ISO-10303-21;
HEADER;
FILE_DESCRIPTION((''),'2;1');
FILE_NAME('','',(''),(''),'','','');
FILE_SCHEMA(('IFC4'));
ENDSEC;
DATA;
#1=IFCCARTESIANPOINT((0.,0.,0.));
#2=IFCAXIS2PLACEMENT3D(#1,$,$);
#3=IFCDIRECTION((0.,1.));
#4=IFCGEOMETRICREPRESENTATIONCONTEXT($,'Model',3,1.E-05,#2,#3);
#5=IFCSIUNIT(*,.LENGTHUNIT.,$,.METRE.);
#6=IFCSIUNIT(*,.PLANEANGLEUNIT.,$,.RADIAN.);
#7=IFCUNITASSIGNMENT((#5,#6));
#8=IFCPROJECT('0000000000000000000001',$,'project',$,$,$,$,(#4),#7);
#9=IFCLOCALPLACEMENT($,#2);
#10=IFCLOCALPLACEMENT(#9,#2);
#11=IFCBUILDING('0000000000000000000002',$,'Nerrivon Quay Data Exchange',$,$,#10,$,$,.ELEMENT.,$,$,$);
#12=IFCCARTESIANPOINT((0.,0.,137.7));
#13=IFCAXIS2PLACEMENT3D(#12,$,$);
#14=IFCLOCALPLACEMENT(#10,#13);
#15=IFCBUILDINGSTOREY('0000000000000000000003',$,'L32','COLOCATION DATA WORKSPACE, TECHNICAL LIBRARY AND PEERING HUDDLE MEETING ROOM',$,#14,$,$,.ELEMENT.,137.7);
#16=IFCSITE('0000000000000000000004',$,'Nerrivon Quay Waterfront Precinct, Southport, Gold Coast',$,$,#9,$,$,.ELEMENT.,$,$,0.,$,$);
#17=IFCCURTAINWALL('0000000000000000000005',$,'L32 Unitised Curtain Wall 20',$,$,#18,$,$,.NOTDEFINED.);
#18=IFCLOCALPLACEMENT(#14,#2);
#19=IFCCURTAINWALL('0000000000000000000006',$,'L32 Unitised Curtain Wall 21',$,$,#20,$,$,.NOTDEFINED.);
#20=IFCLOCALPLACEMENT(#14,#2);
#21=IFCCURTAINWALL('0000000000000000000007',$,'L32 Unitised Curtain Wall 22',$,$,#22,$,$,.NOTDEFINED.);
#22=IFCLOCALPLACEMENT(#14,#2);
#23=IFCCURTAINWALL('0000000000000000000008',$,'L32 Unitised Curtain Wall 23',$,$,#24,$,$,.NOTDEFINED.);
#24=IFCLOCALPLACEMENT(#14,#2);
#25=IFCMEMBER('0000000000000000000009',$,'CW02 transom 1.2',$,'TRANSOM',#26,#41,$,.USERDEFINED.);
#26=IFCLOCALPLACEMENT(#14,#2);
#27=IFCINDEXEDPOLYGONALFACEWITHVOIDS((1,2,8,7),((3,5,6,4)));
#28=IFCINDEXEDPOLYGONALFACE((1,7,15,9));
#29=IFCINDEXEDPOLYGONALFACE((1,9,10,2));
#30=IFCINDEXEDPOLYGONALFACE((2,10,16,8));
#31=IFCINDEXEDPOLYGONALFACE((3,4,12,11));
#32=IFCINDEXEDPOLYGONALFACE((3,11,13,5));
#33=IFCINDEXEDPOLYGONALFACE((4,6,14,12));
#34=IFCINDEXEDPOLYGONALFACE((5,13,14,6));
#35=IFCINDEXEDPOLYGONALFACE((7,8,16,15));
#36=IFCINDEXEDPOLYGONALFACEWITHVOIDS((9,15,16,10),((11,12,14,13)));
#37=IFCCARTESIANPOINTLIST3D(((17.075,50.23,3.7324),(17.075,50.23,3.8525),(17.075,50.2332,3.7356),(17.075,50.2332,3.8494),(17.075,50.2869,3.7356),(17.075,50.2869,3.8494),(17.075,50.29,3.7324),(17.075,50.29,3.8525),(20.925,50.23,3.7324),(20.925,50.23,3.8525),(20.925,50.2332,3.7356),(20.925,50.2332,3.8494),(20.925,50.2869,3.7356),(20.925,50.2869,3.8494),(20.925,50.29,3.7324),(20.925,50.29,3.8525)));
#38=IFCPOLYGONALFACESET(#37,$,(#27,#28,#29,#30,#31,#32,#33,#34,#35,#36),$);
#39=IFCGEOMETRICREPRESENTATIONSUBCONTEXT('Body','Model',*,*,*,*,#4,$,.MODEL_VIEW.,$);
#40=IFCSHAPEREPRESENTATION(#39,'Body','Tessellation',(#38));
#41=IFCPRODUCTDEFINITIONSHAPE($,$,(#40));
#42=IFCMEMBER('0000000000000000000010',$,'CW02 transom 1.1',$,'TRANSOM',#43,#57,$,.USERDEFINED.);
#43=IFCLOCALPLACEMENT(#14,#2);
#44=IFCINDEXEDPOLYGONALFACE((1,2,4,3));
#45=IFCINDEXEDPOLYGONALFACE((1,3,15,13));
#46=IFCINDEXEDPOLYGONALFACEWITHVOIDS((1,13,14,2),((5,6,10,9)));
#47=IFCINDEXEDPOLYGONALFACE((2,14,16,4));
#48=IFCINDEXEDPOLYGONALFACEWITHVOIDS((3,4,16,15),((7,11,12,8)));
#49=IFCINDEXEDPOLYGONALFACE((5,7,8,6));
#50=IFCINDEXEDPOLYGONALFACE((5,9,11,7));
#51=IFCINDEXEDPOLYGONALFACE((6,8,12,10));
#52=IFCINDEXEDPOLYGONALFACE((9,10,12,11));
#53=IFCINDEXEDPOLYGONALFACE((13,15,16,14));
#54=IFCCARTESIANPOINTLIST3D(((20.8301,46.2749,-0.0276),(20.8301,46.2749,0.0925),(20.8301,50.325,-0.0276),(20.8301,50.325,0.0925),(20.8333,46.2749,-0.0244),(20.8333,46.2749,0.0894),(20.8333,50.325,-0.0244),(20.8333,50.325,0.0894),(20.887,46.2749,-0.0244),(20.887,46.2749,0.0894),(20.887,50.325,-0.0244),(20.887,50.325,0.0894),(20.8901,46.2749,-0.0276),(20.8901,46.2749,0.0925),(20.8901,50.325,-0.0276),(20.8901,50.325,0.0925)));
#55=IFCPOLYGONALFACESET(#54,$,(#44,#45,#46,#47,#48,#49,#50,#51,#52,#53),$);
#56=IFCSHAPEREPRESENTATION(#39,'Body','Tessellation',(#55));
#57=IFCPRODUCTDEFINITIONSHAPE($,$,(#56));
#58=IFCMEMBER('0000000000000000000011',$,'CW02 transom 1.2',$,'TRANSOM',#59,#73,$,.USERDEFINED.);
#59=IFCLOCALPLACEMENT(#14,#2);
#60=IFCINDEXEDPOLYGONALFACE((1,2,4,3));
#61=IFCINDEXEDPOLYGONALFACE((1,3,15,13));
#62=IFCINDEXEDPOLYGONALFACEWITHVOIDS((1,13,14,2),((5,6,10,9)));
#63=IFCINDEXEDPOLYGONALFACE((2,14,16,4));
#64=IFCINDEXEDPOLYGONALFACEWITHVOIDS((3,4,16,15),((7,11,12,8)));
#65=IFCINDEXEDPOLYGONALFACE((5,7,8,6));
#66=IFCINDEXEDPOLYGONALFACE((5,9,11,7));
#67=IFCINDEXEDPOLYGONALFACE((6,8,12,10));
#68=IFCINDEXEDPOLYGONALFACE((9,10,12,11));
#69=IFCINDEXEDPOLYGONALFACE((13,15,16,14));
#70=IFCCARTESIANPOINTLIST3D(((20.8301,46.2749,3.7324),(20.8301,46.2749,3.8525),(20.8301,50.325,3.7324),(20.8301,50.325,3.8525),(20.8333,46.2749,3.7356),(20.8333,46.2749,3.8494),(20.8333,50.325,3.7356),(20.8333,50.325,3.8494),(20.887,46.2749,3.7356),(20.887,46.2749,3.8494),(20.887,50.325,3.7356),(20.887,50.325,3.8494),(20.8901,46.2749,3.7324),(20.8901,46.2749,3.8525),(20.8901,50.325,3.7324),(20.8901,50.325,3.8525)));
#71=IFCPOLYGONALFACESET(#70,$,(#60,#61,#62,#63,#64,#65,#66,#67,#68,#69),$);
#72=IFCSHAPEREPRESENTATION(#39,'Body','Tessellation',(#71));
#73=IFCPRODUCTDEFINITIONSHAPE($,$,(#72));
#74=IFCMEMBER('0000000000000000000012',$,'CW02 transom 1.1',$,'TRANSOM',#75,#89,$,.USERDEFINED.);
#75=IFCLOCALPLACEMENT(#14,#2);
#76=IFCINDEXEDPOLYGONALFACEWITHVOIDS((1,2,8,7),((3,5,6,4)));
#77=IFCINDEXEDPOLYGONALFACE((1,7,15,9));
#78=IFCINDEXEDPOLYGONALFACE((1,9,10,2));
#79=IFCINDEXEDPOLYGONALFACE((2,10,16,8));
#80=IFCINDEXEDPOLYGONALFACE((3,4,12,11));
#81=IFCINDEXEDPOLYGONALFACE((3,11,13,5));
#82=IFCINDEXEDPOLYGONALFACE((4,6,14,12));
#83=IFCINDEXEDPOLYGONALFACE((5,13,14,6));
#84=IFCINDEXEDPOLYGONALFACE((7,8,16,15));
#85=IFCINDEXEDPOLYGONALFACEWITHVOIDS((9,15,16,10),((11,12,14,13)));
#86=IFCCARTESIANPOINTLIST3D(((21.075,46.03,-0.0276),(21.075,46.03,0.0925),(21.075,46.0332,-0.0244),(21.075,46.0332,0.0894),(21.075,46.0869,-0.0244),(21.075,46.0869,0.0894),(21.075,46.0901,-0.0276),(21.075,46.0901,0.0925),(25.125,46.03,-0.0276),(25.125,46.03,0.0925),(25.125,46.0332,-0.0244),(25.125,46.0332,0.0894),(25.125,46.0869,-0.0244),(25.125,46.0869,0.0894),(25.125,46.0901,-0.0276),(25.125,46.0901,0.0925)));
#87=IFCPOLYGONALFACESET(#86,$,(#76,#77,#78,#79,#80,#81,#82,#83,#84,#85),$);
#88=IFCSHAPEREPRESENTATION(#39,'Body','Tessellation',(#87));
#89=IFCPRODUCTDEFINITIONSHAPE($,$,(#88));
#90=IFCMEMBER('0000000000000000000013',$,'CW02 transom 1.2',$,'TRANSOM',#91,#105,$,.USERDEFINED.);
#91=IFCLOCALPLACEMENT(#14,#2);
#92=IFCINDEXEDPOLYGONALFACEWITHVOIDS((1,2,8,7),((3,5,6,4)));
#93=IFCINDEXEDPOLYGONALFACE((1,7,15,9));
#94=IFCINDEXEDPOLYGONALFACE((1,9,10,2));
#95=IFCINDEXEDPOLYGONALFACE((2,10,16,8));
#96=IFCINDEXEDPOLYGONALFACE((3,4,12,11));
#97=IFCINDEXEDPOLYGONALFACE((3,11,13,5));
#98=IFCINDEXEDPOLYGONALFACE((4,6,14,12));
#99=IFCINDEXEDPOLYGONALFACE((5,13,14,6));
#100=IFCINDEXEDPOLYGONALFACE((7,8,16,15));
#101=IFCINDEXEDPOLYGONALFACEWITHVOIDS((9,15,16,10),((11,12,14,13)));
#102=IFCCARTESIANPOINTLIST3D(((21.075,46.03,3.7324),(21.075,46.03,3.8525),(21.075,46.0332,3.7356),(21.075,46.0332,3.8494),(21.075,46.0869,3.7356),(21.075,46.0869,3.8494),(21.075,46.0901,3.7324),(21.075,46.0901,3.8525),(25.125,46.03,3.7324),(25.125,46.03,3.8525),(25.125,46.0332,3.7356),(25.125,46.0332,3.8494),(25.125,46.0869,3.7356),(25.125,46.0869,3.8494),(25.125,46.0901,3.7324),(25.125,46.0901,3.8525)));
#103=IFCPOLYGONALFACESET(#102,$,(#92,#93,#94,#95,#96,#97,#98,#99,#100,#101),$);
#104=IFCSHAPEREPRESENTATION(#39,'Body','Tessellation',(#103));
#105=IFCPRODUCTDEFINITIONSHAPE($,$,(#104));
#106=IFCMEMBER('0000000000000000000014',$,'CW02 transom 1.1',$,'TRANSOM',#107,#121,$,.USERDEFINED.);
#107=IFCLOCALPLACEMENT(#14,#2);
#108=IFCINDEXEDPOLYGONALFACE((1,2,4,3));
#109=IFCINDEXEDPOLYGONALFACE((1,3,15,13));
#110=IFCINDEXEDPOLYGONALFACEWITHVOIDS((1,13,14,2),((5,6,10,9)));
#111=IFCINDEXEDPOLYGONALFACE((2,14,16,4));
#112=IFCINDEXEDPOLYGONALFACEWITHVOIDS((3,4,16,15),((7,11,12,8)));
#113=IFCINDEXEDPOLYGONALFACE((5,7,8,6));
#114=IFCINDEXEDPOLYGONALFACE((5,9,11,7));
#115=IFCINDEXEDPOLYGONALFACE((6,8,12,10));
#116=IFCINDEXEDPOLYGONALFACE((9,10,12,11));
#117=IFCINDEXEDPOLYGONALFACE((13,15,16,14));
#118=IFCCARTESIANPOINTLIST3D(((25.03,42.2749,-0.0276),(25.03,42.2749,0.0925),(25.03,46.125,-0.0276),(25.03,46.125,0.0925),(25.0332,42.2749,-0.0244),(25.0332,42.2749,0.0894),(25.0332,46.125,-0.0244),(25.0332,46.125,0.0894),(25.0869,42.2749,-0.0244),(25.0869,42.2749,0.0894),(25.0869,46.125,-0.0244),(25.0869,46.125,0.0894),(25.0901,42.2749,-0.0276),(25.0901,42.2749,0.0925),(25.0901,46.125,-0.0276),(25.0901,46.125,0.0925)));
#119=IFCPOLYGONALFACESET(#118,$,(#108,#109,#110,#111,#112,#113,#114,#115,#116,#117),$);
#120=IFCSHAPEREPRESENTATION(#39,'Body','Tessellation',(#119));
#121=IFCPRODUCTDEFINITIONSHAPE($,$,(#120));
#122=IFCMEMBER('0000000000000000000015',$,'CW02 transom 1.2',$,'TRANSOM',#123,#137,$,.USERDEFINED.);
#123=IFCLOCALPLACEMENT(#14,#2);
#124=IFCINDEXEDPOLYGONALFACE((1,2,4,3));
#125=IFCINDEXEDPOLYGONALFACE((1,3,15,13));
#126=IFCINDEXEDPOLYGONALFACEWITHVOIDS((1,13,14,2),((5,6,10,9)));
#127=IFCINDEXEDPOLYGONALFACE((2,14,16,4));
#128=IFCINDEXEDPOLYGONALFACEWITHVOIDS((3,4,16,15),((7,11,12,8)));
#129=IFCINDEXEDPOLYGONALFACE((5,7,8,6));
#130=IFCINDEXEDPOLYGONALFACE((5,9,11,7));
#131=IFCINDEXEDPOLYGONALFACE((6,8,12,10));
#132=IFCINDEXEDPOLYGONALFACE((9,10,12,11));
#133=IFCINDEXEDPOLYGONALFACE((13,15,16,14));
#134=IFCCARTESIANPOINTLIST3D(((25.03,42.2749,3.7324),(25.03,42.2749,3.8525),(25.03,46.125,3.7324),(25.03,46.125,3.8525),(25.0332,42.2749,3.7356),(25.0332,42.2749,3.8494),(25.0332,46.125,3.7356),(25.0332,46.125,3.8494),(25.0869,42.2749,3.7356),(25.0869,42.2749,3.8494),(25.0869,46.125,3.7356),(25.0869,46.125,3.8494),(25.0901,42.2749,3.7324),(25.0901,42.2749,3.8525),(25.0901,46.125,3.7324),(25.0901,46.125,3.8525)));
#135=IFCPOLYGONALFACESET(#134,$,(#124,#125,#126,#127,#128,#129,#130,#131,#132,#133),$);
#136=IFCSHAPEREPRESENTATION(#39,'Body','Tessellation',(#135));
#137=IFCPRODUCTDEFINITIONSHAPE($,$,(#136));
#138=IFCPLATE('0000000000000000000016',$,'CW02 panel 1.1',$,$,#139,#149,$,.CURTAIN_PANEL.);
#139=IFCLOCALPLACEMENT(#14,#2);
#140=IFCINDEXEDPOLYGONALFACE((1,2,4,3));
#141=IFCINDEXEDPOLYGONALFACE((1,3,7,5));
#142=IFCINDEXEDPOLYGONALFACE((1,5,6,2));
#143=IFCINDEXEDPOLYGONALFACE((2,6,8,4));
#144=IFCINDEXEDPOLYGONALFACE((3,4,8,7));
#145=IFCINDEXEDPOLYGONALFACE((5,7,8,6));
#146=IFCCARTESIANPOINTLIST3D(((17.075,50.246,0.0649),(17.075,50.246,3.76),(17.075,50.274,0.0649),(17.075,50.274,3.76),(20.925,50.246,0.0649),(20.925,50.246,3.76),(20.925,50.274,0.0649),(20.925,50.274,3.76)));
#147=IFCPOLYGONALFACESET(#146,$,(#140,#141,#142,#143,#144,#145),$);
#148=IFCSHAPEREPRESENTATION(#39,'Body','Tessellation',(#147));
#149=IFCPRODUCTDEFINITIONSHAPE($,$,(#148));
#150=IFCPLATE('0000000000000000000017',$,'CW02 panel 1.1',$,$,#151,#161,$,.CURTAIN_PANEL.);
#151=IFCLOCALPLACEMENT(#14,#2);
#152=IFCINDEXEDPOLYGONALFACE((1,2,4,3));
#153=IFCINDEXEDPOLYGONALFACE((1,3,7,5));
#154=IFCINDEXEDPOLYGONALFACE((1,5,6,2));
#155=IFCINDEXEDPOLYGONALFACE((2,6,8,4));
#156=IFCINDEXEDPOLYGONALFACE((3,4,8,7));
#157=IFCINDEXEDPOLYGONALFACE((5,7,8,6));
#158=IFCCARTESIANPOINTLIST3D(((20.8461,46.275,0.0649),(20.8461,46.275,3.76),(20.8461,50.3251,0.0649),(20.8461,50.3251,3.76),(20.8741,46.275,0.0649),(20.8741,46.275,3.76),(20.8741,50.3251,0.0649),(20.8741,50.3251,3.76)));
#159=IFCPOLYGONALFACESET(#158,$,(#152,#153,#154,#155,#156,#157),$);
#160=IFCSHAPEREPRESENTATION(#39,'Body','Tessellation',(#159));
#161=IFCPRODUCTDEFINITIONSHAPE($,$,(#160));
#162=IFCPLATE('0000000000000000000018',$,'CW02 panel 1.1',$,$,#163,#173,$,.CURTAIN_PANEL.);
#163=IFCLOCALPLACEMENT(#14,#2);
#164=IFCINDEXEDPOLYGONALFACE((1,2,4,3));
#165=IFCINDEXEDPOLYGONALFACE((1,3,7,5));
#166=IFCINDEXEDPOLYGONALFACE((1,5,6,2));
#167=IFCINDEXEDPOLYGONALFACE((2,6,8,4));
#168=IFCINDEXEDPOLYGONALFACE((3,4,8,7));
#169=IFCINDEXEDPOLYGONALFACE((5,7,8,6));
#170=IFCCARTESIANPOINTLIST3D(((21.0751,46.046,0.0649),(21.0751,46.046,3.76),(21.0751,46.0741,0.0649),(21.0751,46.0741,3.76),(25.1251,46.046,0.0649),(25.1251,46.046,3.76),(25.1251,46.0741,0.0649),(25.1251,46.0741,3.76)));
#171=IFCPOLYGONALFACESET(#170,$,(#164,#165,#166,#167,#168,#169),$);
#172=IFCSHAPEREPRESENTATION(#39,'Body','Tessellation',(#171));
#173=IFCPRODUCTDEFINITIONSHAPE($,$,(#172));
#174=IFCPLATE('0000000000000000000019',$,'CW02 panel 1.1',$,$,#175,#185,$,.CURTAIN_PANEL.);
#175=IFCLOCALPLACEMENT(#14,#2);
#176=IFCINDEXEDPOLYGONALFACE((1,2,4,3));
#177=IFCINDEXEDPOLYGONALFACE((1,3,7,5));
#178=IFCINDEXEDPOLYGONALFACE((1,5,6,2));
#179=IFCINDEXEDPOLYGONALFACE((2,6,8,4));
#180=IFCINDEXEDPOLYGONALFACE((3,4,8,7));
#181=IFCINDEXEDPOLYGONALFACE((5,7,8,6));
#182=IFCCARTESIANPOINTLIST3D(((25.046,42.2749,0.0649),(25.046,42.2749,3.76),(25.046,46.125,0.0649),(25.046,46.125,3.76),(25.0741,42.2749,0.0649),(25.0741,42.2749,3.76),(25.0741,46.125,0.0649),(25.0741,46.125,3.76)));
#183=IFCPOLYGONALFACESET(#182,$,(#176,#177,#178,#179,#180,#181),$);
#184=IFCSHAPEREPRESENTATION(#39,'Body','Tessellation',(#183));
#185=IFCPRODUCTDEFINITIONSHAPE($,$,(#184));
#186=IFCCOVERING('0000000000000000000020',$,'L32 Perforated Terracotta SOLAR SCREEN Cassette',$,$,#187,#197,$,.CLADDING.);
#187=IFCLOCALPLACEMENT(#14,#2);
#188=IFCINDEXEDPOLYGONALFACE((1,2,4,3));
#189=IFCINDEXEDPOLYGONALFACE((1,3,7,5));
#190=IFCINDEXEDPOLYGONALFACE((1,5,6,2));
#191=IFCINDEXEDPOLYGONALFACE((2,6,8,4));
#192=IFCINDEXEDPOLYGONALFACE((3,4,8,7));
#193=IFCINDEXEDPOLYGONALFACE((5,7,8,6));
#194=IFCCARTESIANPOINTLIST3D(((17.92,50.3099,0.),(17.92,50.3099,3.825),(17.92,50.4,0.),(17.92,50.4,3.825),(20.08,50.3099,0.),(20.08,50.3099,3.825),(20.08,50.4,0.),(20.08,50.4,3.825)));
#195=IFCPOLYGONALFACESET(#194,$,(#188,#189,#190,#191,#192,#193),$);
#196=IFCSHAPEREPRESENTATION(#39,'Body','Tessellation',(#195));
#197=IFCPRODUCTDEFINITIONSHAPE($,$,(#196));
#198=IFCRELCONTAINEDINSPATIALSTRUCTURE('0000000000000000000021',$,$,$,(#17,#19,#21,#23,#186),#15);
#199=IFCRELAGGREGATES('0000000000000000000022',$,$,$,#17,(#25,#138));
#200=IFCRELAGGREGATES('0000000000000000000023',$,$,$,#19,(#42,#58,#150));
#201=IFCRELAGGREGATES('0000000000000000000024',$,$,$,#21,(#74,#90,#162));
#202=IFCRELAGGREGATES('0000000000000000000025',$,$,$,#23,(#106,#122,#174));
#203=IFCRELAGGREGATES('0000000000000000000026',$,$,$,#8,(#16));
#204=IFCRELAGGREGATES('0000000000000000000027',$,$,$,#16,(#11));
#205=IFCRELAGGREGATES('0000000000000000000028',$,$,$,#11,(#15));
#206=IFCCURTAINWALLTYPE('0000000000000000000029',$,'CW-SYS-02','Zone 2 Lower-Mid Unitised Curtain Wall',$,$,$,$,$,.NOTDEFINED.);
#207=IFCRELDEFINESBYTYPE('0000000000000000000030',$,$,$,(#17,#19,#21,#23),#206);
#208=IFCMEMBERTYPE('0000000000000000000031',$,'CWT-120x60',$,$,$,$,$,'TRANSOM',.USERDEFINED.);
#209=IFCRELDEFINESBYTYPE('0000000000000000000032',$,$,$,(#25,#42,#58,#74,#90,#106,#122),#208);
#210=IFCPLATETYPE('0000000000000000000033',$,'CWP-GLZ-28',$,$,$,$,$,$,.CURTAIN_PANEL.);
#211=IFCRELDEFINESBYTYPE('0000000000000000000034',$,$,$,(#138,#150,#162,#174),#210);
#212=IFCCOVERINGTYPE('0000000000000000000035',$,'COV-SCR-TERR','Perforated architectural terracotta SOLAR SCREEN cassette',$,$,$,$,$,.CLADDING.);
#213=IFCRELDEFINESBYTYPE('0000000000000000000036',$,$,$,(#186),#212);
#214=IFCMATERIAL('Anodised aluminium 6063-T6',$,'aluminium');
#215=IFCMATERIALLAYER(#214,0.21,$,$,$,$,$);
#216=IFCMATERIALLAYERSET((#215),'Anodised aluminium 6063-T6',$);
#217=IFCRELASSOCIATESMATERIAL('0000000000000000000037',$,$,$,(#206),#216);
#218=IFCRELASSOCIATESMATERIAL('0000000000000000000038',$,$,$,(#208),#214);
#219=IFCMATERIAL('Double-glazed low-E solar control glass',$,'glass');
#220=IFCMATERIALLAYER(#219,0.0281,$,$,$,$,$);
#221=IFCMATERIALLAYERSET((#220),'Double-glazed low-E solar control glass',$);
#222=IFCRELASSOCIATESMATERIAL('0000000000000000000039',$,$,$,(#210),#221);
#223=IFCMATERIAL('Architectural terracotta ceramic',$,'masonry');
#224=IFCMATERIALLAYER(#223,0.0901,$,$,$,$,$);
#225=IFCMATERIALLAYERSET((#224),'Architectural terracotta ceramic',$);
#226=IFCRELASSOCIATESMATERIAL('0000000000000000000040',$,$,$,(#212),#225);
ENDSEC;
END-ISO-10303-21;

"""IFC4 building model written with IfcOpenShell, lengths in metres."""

from ifc_helpers import new_model, si_unit, direction, frame, origin, origin_2d, place, context, subcontext, project, spatial, rectangle, hollow_rectangle, extrude, material, layer, layer_set, material_profile, profile_set, type_object, element, aggregate, save


model = new_model("IFC4")

# Units and contexts
model_context = context("Model", 3, precision=1e-05, world=origin(), true_north=direction((0.0, 1.0)))
body_context = subcontext(model_context, "Body", "Model", "MODEL_VIEW")
ifc_project = project(units=[si_unit("LENGTHUNIT", "METRE"), si_unit("PLANEANGLEUNIT", "RADIAN")], contexts=[model_context])

# Site, building, storey
site_placement = place(None, origin())
site = spatial("IfcSite", under=ifc_project, at=site_placement, Name="Nerrivon Quay Waterfront Precinct, Southport, Gold Coast", CompositionType="ELEMENT", RefElevation=0.0)
building_placement = place(site_placement, origin())
building = spatial("IfcBuilding", under=site, at=building_placement, Name="Nerrivon Quay Data Exchange", CompositionType="ELEMENT")
storey_placement = place(building_placement, frame((0.0, 0.0, 137.7)))
storey = spatial("IfcBuildingStorey", under=building, at=storey_placement, Name="L32", Description="COLOCATION DATA WORKSPACE, TECHNICAL LIBRARY AND PEERING HUDDLE MEETING ROOM", CompositionType="ELEMENT", Elevation=137.7)

# Shared definitions
ifc_material_1 = material(Name="Anodised aluminium 6063-T6", Category="aluminium")
ifc_layer_1 = layer(ifc_material_1, 0.21)
ifc_layer_set_1 = layer_set([ifc_layer_1], Name="Anodised aluminium 6063-T6")
curtain_wall_type = type_object("IfcCurtainWallType", Name="CW-SYS-02", Description="Zone 2 Lower-Mid Unitised Curtain Wall", PredefinedType="NOTDEFINED", material=ifc_layer_set_1)

# Curtain walls
curtain_wall_1_placement = place(storey_placement, origin())
curtain_wall_1 = element("IfcCurtainWall", 1, at=curtain_wall_1_placement, inside=storey, type_object=curtain_wall_type, Name="L32 Unitised Curtain Wall 20", PredefinedType="NOTDEFINED")
curtain_wall_2_placement = place(storey_placement, origin())
curtain_wall_2 = element("IfcCurtainWall", 2, at=curtain_wall_2_placement, inside=storey, type_object=curtain_wall_type, Name="L32 Unitised Curtain Wall 21", PredefinedType="NOTDEFINED")
curtain_wall_3_placement = place(storey_placement, origin())
curtain_wall_3 = element("IfcCurtainWall", 3, at=curtain_wall_3_placement, inside=storey, type_object=curtain_wall_type, Name="L32 Unitised Curtain Wall 22", PredefinedType="NOTDEFINED")

# Curtain wall
curtain_wall_4_placement = place(storey_placement, origin())
curtain_wall_4 = element("IfcCurtainWall", 4, at=curtain_wall_4_placement, inside=storey, type_object=curtain_wall_type, Name="L32 Unitised Curtain Wall 23", PredefinedType="NOTDEFINED")

# Members
ifc_material_profile_1 = material_profile(ifc_material_1, hollow_rectangle(XDim=0.0601, YDim=0.1201, WallThickness=0.0032, at=origin_2d()), Name="ALU-TRAN-120x60")
ifc_profile_set_1 = profile_set([ifc_material_profile_1], Name="Anodised aluminium 6063-T6")
member_type_1 = type_object("IfcMemberType", Name="CWT-120x60", ElementType="TRANSOM", PredefinedType="USERDEFINED", material=ifc_profile_set_1)
member_1_placement = place(storey_placement, frame((17.075, 50.26, 3.7925), z_axis=(1.0, 0.0, 0.0), x_axis=(0.0, 1.0, 0.0)))
member_1 = element("IfcMember", 5, at=member_1_placement, type_object=member_type_1, Name="CW02 transom 1.2", ObjectType="TRANSOM", PredefinedType="USERDEFINED", context=body_context, shape_type="SweptSolid", body=[
    extrude(hollow_rectangle(XDim=0.0601, YDim=0.1201, WallThickness=0.0032, at=origin_2d()), origin(), (0.0, 0.0, 1.0), 3.8501),
])
member_2_placement = place(storey_placement, frame((20.8601, 50.325, 0.0325), z_axis=(0.0, -1.0, 0.0), x_axis=(1.0, 0.0, 0.0)))
member_2 = element("IfcMember", 6, at=member_2_placement, type_object=member_type_1, Name="CW02 transom 1.1", ObjectType="TRANSOM", PredefinedType="USERDEFINED", context=body_context, shape_type="SweptSolid", body=[
    extrude(hollow_rectangle(XDim=0.0601, YDim=0.1201, WallThickness=0.0032, at=origin_2d()), origin(), (0.0, 0.0, 1.0), 4.05),
])
member_3_placement = place(storey_placement, frame((20.8601, 50.325, 3.7925), z_axis=(0.0, -1.0, 0.0), x_axis=(1.0, 0.0, 0.0)))
member_3 = element("IfcMember", 7, at=member_3_placement, type_object=member_type_1, Name="CW02 transom 1.2", ObjectType="TRANSOM", PredefinedType="USERDEFINED", context=body_context, shape_type="SweptSolid", body=[
    extrude(hollow_rectangle(XDim=0.0601, YDim=0.1201, WallThickness=0.0032, at=origin_2d()), origin(), (0.0, 0.0, 1.0), 4.05),
])
member_4_placement = place(storey_placement, frame((21.075, 46.0601, 0.0325), z_axis=(1.0, 0.0, 0.0), x_axis=(0.0, 1.0, 0.0)))
member_4 = element("IfcMember", 8, at=member_4_placement, type_object=member_type_1, Name="CW02 transom 1.1", ObjectType="TRANSOM", PredefinedType="USERDEFINED", context=body_context, shape_type="SweptSolid", body=[
    extrude(hollow_rectangle(XDim=0.0601, YDim=0.1201, WallThickness=0.0032, at=origin_2d()), origin(), (0.0, 0.0, 1.0), 4.05),
])
member_5_placement = place(storey_placement, frame((21.075, 46.0601, 3.7925), z_axis=(1.0, 0.0, 0.0), x_axis=(0.0, 1.0, 0.0)))
member_5 = element("IfcMember", 9, at=member_5_placement, type_object=member_type_1, Name="CW02 transom 1.2", ObjectType="TRANSOM", PredefinedType="USERDEFINED", context=body_context, shape_type="SweptSolid", body=[
    extrude(hollow_rectangle(XDim=0.0601, YDim=0.1201, WallThickness=0.0032, at=origin_2d()), origin(), (0.0, 0.0, 1.0), 4.05),
])
member_6_placement = place(storey_placement, frame((25.0601, 46.125, 0.0325), z_axis=(0.0, -1.0, 0.0), x_axis=(1.0, 0.0, 0.0)))
member_6 = element("IfcMember", 10, at=member_6_placement, type_object=member_type_1, Name="CW02 transom 1.1", ObjectType="TRANSOM", PredefinedType="USERDEFINED", context=body_context, shape_type="SweptSolid", body=[
    extrude(hollow_rectangle(XDim=0.0601, YDim=0.1201, WallThickness=0.0032, at=origin_2d()), origin(), (0.0, 0.0, 1.0), 3.8501),
])
member_7_placement = place(storey_placement, frame((25.0601, 46.125, 3.7925), z_axis=(0.0, -1.0, 0.0), x_axis=(1.0, 0.0, 0.0)))
member_7 = element("IfcMember", 11, at=member_7_placement, type_object=member_type_1, Name="CW02 transom 1.2", ObjectType="TRANSOM", PredefinedType="USERDEFINED", context=body_context, shape_type="SweptSolid", body=[
    extrude(hollow_rectangle(XDim=0.0601, YDim=0.1201, WallThickness=0.0032, at=origin_2d()), origin(), (0.0, 0.0, 1.0), 3.8501),
])

# Plates
ifc_material_2 = material(Name="Double-glazed low-E solar control glass", Category="glass")
ifc_layer_2 = layer(ifc_material_2, 0.0281)
ifc_layer_set_2 = layer_set([ifc_layer_2], Name="Double-glazed low-E solar control glass")
plate_type = type_object("IfcPlateType", Name="CWP-GLZ-28", PredefinedType="CURTAIN_PANEL", material=ifc_layer_set_2)
plate_1_placement = place(storey_placement, frame((19.0, 50.26, 0.0649), z_axis=(0.0, 0.0, 1.0), x_axis=(1.0, 0.0, 0.0)))
plate_1 = element("IfcPlate", 12, at=plate_1_placement, type_object=plate_type, Name="CW02 panel 1.1", PredefinedType="CURTAIN_PANEL", context=body_context, shape_type="SweptSolid", body=[
    extrude(rectangle(XDim=3.8501, YDim=0.0281, at=origin_2d()), origin(), (0.0, 0.0, 1.0), 3.6951),
])
aggregate(curtain_wall_1, [member_1, plate_1])
plate_2_placement = place(storey_placement, frame((20.8601, 48.3, 0.0649), z_axis=(0.0, 0.0, 1.0), x_axis=(0.0, -1.0, 0.0)))
plate_2 = element("IfcPlate", 13, at=plate_2_placement, type_object=plate_type, Name="CW02 panel 1.1", PredefinedType="CURTAIN_PANEL", context=body_context, shape_type="SweptSolid", body=[
    extrude(rectangle(XDim=4.05, YDim=0.0281, at=origin_2d()), origin(), (0.0, 0.0, 1.0), 3.6951),
])
aggregate(curtain_wall_2, [member_2, member_3, plate_2])
plate_3_placement = place(storey_placement, frame((23.1001, 46.0601, 0.0649), z_axis=(0.0, 0.0, 1.0), x_axis=(1.0, 0.0, 0.0)))
plate_3 = element("IfcPlate", 14, at=plate_3_placement, type_object=plate_type, Name="CW02 panel 1.1", PredefinedType="CURTAIN_PANEL", context=body_context, shape_type="SweptSolid", body=[
    extrude(rectangle(XDim=4.05, YDim=0.0281, at=origin_2d()), origin(), (0.0, 0.0, 1.0), 3.6951),
])
aggregate(curtain_wall_3, [member_4, member_5, plate_3])
plate_4_placement = place(storey_placement, frame((25.0601, 44.2, 0.0649), z_axis=(0.0, 0.0, 1.0), x_axis=(0.0, -1.0, 0.0)))
plate_4 = element("IfcPlate", 15, at=plate_4_placement, type_object=plate_type, Name="CW02 panel 1.1", PredefinedType="CURTAIN_PANEL", context=body_context, shape_type="SweptSolid", body=[
    extrude(rectangle(XDim=3.8501, YDim=0.0281, at=origin_2d()), origin(), (0.0, 0.0, 1.0), 3.6951),
])
aggregate(curtain_wall_4, [member_6, member_7, plate_4])

# Covering
ifc_material_3 = material(Name="Architectural terracotta ceramic", Category="masonry")
ifc_layer_3 = layer(ifc_material_3, 0.0901)
ifc_layer_set_3 = layer_set([ifc_layer_3], Name="Architectural terracotta ceramic")
covering_type = type_object("IfcCoveringType", Name="COV-SCR-TERR", Description="Perforated architectural terracotta SOLAR SCREEN cassette", PredefinedType="CLADDING", material=ifc_layer_set_3)
covering_1_placement = place(storey_placement, frame((19.0, 50.355, 0.0), z_axis=(0.0, 0.0, 1.0), x_axis=(1.0, 0.0, 0.0)))
element("IfcCovering", 16, at=covering_1_placement, inside=storey, type_object=covering_type, Name="L32 Perforated Terracotta SOLAR SCREEN Cassette", PredefinedType="CLADDING", context=body_context, shape_type="SweptSolid", body=[
    extrude(rectangle(XDim=2.1599, YDim=0.0901, at=origin_2d()), origin(), (0.0, 0.0, 1.0), 3.825),
])

save(model, "model.ifc")
